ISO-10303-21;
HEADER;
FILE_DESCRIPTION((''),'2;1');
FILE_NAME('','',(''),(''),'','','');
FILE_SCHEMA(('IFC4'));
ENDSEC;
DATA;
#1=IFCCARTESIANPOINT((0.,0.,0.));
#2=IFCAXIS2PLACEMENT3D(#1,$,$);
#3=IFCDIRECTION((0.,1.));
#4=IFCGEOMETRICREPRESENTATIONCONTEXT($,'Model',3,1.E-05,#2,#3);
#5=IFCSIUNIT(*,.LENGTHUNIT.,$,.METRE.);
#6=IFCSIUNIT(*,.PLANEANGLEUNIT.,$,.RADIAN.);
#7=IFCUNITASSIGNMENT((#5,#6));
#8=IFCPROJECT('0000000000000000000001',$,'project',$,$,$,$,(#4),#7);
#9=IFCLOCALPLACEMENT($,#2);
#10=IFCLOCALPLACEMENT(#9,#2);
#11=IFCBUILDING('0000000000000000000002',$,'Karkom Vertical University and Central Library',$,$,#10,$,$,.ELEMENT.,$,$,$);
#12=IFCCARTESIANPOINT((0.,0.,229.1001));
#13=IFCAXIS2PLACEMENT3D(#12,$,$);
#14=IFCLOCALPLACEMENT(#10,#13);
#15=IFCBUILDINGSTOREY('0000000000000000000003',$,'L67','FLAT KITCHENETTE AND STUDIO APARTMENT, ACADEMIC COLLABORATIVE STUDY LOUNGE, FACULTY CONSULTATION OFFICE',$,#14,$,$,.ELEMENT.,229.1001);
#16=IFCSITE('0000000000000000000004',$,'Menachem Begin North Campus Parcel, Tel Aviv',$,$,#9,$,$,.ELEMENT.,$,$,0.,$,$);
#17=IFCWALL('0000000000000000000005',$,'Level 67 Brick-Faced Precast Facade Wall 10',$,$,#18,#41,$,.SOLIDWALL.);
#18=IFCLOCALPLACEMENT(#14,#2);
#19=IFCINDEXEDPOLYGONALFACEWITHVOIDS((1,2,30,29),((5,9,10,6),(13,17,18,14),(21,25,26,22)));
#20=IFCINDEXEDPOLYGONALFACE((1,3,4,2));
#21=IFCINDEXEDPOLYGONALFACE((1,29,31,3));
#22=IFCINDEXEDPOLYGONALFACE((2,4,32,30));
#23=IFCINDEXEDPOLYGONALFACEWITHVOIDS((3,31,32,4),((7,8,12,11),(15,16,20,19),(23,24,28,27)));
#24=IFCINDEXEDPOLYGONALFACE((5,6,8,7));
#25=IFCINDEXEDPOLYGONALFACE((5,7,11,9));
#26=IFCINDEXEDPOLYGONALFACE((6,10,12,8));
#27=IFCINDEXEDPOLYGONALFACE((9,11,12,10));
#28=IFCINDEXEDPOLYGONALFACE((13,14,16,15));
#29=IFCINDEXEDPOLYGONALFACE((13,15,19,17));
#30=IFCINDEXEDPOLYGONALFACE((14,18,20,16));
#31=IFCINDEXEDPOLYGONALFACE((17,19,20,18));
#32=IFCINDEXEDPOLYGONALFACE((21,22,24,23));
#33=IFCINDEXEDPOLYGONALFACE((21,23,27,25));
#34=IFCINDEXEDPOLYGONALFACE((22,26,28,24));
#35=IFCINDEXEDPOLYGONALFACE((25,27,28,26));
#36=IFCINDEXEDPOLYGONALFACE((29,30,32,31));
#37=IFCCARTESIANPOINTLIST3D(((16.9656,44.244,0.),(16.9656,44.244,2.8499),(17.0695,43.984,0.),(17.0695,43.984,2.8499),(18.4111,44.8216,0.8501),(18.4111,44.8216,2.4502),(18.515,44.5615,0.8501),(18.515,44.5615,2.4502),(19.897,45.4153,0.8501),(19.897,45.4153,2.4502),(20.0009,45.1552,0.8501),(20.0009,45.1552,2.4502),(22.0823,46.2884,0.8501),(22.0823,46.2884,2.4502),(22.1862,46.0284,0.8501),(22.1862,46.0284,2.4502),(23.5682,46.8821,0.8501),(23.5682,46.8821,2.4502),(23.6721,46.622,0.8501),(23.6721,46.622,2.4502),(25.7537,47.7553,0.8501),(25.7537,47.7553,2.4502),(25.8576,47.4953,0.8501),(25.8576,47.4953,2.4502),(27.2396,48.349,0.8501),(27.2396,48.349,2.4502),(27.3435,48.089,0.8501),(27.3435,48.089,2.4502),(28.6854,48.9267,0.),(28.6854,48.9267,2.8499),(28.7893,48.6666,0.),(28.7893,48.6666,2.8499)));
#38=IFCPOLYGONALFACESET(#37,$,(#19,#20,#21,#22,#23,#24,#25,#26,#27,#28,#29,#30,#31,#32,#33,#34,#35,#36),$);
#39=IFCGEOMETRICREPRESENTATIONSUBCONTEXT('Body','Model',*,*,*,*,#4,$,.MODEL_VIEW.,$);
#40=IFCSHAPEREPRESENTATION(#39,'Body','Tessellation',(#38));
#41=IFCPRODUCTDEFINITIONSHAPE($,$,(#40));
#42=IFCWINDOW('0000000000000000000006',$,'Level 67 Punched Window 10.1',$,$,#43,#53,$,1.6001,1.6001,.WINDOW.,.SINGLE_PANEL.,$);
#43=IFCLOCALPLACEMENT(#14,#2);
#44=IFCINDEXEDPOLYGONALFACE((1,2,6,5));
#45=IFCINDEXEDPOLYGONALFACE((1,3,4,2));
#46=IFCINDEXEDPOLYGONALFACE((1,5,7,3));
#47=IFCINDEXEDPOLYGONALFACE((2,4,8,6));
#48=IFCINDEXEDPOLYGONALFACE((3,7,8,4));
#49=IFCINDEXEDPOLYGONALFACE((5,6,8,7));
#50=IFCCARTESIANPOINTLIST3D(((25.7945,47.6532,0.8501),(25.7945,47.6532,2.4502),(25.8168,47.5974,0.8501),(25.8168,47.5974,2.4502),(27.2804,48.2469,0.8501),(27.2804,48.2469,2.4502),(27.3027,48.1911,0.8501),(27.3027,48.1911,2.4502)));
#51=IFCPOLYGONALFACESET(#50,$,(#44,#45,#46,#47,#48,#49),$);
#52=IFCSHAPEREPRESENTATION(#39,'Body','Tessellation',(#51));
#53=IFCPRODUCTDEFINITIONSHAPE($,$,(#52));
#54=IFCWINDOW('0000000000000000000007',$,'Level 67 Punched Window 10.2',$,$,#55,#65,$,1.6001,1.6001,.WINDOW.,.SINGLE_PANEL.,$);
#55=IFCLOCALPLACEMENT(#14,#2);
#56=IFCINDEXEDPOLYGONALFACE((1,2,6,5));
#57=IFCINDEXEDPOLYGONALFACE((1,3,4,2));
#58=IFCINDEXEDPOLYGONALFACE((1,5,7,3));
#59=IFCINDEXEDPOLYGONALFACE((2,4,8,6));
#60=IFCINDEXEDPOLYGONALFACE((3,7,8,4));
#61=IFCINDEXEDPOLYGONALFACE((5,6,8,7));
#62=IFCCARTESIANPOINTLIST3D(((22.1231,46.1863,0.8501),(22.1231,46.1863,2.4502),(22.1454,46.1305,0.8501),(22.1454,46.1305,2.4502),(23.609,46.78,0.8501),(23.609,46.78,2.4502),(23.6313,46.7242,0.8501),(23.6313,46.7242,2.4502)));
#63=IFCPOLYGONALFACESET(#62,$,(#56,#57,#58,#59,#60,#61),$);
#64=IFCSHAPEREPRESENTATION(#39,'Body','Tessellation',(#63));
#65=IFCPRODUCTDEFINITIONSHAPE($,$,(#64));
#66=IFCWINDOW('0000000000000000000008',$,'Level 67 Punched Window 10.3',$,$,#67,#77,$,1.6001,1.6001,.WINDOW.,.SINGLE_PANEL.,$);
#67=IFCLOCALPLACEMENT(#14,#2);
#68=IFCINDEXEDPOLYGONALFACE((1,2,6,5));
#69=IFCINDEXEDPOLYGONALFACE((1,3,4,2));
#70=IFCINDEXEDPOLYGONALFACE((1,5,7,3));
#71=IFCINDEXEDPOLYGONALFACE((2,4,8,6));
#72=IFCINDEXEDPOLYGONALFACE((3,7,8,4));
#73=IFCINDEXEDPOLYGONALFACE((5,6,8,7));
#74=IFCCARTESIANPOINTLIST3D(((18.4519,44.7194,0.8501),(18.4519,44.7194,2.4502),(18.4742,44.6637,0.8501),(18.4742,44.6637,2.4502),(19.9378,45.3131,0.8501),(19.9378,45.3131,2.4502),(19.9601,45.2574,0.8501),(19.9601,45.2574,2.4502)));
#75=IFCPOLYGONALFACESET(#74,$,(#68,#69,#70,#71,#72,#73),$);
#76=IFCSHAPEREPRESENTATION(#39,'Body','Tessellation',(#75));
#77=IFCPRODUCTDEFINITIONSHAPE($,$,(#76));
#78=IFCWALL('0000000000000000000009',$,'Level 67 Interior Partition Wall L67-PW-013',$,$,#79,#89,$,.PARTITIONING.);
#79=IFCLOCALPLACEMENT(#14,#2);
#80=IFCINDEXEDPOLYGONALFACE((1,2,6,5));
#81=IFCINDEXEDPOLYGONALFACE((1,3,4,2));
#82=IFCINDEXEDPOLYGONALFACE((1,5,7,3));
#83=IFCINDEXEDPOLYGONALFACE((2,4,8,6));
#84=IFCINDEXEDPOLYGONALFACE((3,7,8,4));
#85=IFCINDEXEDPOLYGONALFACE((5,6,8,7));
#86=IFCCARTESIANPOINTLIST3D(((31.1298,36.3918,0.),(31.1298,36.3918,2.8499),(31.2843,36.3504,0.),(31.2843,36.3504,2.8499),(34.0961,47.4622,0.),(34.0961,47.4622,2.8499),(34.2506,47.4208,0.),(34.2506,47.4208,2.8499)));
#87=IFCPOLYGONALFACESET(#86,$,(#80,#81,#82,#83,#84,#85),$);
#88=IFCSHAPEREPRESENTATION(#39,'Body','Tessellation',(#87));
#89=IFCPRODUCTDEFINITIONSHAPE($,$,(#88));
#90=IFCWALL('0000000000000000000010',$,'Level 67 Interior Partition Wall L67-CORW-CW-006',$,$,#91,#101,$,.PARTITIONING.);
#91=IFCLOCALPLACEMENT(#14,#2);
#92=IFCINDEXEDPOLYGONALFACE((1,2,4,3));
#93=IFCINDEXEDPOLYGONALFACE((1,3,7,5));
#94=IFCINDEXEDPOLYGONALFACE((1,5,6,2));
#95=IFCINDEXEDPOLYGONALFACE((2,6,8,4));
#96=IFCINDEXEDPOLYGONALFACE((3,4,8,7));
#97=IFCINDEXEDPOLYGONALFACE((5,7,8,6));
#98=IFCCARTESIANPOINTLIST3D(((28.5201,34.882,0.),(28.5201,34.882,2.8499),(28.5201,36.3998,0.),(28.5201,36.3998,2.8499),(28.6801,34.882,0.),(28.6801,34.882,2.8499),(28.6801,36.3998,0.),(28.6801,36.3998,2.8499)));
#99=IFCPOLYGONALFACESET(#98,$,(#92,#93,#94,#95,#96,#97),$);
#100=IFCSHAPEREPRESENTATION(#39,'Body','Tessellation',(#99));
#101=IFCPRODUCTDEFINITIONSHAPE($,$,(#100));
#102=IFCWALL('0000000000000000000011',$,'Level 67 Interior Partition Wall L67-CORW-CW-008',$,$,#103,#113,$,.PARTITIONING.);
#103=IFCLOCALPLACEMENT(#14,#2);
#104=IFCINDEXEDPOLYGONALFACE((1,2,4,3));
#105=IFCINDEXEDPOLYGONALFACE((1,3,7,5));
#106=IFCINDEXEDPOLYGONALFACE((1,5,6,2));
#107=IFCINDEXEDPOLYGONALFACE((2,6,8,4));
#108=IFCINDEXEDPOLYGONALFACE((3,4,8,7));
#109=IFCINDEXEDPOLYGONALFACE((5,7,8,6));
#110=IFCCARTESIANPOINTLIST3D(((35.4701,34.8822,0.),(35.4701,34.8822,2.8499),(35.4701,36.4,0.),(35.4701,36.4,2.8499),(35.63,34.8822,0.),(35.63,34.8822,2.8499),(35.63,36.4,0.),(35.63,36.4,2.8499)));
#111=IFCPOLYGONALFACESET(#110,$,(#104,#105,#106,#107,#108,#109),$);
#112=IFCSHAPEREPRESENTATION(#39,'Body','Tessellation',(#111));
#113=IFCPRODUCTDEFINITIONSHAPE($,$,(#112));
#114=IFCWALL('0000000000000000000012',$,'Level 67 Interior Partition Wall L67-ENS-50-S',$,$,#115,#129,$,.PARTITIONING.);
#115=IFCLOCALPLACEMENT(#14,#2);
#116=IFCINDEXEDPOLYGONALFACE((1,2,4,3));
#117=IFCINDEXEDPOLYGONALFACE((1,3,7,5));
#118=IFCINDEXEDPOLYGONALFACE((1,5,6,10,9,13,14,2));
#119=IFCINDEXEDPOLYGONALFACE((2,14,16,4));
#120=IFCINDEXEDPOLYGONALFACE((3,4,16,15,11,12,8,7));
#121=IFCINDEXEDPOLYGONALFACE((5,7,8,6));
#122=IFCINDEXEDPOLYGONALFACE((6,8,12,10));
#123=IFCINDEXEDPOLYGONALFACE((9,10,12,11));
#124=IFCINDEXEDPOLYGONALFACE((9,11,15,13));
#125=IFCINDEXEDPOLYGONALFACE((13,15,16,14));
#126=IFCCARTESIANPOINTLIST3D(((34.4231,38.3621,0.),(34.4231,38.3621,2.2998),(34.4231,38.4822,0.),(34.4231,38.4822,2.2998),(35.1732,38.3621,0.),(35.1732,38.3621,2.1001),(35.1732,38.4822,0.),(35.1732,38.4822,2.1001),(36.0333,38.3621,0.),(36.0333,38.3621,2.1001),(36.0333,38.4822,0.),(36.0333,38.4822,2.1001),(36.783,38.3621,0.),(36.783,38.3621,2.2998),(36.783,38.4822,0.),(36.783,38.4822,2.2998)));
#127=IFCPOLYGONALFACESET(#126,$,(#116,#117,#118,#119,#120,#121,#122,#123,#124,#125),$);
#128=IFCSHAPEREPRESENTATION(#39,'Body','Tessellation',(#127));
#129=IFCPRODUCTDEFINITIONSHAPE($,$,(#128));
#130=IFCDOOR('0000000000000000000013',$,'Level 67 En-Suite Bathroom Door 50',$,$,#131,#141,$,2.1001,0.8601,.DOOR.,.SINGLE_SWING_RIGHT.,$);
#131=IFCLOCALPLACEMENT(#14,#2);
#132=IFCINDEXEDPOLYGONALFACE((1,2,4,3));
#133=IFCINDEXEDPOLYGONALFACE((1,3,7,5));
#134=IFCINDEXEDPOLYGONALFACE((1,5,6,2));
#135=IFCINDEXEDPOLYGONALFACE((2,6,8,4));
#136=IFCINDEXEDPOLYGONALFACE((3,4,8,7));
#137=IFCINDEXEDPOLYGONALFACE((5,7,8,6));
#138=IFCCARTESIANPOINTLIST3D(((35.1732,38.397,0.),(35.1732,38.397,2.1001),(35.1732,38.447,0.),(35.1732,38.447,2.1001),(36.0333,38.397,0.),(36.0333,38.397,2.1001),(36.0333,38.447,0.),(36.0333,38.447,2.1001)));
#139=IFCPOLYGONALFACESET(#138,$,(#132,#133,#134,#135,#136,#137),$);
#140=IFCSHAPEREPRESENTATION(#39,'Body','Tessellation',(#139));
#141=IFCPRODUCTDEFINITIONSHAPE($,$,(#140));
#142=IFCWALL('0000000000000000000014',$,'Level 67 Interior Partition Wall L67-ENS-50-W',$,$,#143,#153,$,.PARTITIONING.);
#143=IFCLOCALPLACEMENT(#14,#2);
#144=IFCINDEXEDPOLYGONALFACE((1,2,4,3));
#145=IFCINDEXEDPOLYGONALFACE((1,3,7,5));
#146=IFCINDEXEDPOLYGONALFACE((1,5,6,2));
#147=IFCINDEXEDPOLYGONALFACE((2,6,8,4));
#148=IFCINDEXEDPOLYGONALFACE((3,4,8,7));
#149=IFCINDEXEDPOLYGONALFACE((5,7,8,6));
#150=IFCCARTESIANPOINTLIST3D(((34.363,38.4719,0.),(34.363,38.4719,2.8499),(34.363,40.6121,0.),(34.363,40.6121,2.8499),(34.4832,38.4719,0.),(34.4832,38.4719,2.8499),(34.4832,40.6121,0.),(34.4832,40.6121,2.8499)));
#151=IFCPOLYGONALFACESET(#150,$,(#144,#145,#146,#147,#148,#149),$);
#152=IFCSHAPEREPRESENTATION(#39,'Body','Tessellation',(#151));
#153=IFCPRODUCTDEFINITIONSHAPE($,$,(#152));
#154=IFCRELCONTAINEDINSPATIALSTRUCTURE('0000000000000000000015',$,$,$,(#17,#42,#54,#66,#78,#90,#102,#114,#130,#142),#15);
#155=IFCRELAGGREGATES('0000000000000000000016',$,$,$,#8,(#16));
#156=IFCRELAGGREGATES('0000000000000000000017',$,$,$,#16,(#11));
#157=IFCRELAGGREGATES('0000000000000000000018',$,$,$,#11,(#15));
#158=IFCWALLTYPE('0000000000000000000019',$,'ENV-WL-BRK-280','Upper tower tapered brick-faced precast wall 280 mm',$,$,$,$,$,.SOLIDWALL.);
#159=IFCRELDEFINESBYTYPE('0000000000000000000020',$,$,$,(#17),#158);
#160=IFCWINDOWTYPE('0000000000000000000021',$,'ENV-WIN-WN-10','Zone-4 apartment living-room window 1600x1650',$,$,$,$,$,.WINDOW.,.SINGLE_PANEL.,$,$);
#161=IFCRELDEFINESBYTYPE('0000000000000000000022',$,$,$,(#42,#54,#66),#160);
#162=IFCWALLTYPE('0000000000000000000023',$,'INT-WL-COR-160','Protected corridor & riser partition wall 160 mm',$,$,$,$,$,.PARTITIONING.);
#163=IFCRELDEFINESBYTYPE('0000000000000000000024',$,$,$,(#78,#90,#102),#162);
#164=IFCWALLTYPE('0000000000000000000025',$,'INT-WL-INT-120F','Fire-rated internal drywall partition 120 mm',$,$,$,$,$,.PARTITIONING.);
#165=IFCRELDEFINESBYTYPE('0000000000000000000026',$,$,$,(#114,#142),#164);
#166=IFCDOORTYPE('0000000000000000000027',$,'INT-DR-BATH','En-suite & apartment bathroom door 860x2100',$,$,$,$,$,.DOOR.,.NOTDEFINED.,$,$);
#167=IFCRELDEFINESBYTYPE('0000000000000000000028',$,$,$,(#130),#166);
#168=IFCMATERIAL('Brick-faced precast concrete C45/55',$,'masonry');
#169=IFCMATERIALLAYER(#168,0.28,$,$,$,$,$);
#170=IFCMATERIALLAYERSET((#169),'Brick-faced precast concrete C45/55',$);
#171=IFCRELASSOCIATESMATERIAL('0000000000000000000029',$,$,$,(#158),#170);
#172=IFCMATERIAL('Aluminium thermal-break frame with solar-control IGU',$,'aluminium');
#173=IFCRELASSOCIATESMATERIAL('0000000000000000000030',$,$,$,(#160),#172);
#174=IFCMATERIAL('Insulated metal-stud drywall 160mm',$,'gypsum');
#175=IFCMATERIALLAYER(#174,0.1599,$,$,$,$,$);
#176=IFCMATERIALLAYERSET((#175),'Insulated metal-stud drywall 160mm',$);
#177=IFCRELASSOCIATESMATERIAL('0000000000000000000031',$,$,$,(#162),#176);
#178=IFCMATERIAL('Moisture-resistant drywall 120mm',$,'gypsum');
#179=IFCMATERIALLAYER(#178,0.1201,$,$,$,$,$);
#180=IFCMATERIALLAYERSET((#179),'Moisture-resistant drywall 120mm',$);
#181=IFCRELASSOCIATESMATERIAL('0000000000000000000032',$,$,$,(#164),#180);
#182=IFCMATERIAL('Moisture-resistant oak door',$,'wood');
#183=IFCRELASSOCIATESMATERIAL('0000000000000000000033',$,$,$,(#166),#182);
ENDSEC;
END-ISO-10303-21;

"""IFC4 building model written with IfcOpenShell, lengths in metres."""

from ifc_helpers import new_model, si_unit, direction, frame, frame_2d, origin, origin_with_axes, place, context, subcontext, project, spatial, rectangle, extrude, source, transform, mapped, material, layer, layer_set, type_object, element, fill, save


model = new_model("IFC4")

# Units and contexts
model_context = context("Model", 3, precision=1e-05, world=origin(), true_north=direction((0.0, 1.0)))
body_context = subcontext(model_context, "Body", "Model", "MODEL_VIEW")
ifc_project = project(units=[si_unit("LENGTHUNIT", "METRE"), si_unit("PLANEANGLEUNIT", "RADIAN")], contexts=[model_context])

# Site, building, storey
site_placement = place(None, origin())
site = spatial("IfcSite", under=ifc_project, at=site_placement, Name="Menachem Begin North Campus Parcel, Tel Aviv", CompositionType="ELEMENT", RefElevation=0.0)
building_placement = place(site_placement, origin())
building = spatial("IfcBuilding", under=site, at=building_placement, Name="Karkom Vertical University and Central Library", CompositionType="ELEMENT")
storey_placement = place(building_placement, frame((0.0, 0.0, 229.1001)))
storey = spatial("IfcBuildingStorey", under=building, at=storey_placement, Name="L67", Description="FLAT KITCHENETTE AND STUDIO APARTMENT, ACADEMIC COLLABORATIVE STUDY LOUNGE, FACULTY CONSULTATION OFFICE", CompositionType="ELEMENT", Elevation=229.1001)

# Wall, openings, windows
ifc_material_1 = material(Name="Brick-faced precast concrete C45/55", Category="masonry")
ifc_layer_1 = layer(ifc_material_1, 0.28)
ifc_layer_set_1 = layer_set([ifc_layer_1], Name="Brick-faced precast concrete C45/55")
wall_type_1 = type_object("IfcWallType", Name="ENV-WL-BRK-280", Description="Upper tower tapered brick-faced precast wall 280 mm", PredefinedType="SOLIDWALL", material=ifc_layer_set_1)
wall_1_placement = place(storey_placement, frame((28.7373, 48.7966, 0.0), z_axis=(0.0, 0.0, 1.0), x_axis=(-0.928621, -0.37103, 0.0)))
wall_1 = element("IfcWall", 1, at=wall_1_placement, inside=storey, type_object=wall_type_1, Name="Level 67 Brick-Faced Precast Facade Wall 10", PredefinedType="SOLIDWALL", context=body_context, shape_type="SweptSolid", body=[
    extrude(rectangle(XDim=12.6206, YDim=0.28, at=frame_2d((6.3103, 0.0))), origin(), (0.0, 0.0, 1.0), 2.8499),
])
opening_1_placement = place(wall_1_placement, frame((1.5569, 0.0, 0.8501)))
opening_1 = element("IfcOpeningElement", 2, at=opening_1_placement, cuts=wall_1, PredefinedType="OPENING", context=body_context, shape_type="SweptSolid", body=[
    extrude(rectangle(XDim=1.6001, YDim=1.6001, at=frame_2d((0.8, 0.8))), frame((0.0, 0.1499, 0.0), z_axis=(0.0, -1.0, 0.0), x_axis=(1.0, 0.0, 0.0)), (0.0, 0.0, 1.0), 0.3),
])
opening_2_placement = place(wall_1_placement, frame((5.5105, 0.0, 0.8501)))
opening_2 = element("IfcOpeningElement", 3, at=opening_2_placement, cuts=wall_1, PredefinedType="OPENING", context=body_context, shape_type="SweptSolid", body=[
    extrude(rectangle(XDim=1.6001, YDim=1.6001, at=frame_2d((0.8, 0.8))), frame((0.0, 0.1499, 0.0), z_axis=(0.0, -1.0, 0.0), x_axis=(1.0, 0.0, 0.0)), (0.0, 0.0, 1.0), 0.3),
])
opening_3_placement = place(wall_1_placement, frame((9.4639, 0.0, 0.8501)))
opening_3 = element("IfcOpeningElement", 4, at=opening_3_placement, cuts=wall_1, PredefinedType="OPENING", context=body_context, shape_type="SweptSolid", body=[
    extrude(rectangle(XDim=1.6001, YDim=1.6001, at=frame_2d((0.8, 0.8))), frame((0.0, 0.1499, 0.0), z_axis=(0.0, -1.0, 0.0), x_axis=(1.0, 0.0, 0.0)), (0.0, 0.0, 1.0), 0.3),
])
ifc_material_2 = material(Name="Aluminium thermal-break frame with solar-control IGU", Category="aluminium")
window_type = type_object("IfcWindowType", Name="ENV-WIN-WN-10", Description="Zone-4 apartment living-room window 1600x1650", PartitioningType="SINGLE_PANEL", PredefinedType="WINDOW", material=ifc_material_2)
shared_shape_1 = source(origin_with_axes(), body_context, "Body", "SweptSolid", [
    extrude(rectangle(XDim=1.6001, YDim=1.6001, at=frame_2d((0.8, 0.8))), frame((0.0, 0.03, 0.0), z_axis=(0.0, -1.0, 0.0), x_axis=(1.0, 0.0, 0.0)), (0.0, 0.0, 1.0), 0.0601),
])
window_1_placement = place(opening_1_placement, origin())
window_1 = element("IfcWindow", 5, at=window_1_placement, inside=storey, type_object=window_type, Name="Level 67 Punched Window 10.1", OverallHeight=1.6001, OverallWidth=1.6001, PartitioningType="SINGLE_PANEL", PredefinedType="WINDOW", context=body_context, shape_type="MappedRepresentation", body=[
    mapped(shared_shape_1, transform((0.0, 0.0, 0.0), scale=1.0)),
])
fill(opening_1, window_1)
window_2_placement = place(opening_2_placement, origin())
window_2 = element("IfcWindow", 6, at=window_2_placement, inside=storey, type_object=window_type, Name="Level 67 Punched Window 10.2", OverallHeight=1.6001, OverallWidth=1.6001, PartitioningType="SINGLE_PANEL", PredefinedType="WINDOW", context=body_context, shape_type="MappedRepresentation", body=[
    mapped(shared_shape_1, transform((0.0, 0.0, 0.0), scale=1.0)),
])
fill(opening_2, window_2)
window_3_placement = place(opening_3_placement, origin())
window_3 = element("IfcWindow", 7, at=window_3_placement, inside=storey, type_object=window_type, Name="Level 67 Punched Window 10.3", OverallHeight=1.6001, OverallWidth=1.6001, PartitioningType="SINGLE_PANEL", PredefinedType="WINDOW", context=body_context, shape_type="MappedRepresentation", body=[
    mapped(shared_shape_1, transform((0.0, 0.0, 0.0), scale=1.0)),
])
fill(opening_3, window_3)

# Wall
ifc_material_3 = material(Name="Insulated metal-stud drywall 160mm", Category="gypsum")
ifc_layer_2 = layer(ifc_material_3, 0.1599)
ifc_layer_set_2 = layer_set([ifc_layer_2], Name="Insulated metal-stud drywall 160mm")
wall_type_2 = type_object("IfcWallType", Name="INT-WL-COR-160", Description="Protected corridor & riser partition wall 160 mm", PredefinedType="PARTITIONING", material=ifc_layer_set_2)
wall_2_placement = place(storey_placement, frame((31.207, 36.3711, 0.0), z_axis=(0.0, 0.0, 1.0), x_axis=(0.258821, 0.965925, 0.0)))
element("IfcWall", 8, at=wall_2_placement, inside=storey, type_object=wall_type_2, Name="Level 67 Interior Partition Wall L67-PW-013", PredefinedType="PARTITIONING", context=body_context, shape_type="SweptSolid", body=[
    extrude(rectangle(XDim=11.4609, YDim=0.1599, at=frame_2d((5.7305, 0.0))), origin(), (0.0, 0.0, 1.0), 2.8499),
])

# Walls
for number, where, z_axis, x_axis, name in (
    (9, (28.6001, 34.8821, 0.0), (0.0, 0.0, 1.0), (0.0, 1.0, 0.0), "Level 67 Interior Partition Wall L67-CORW-CW-006"),
    (10, (35.55, 36.3999, 0.0), (0.0, 0.0, 1.0), (0.0, -1.0, 0.0), "Level 67 Interior Partition Wall L67-CORW-CW-008"),
):
    element("IfcWall", number, at=place(storey_placement, frame(where, z_axis=z_axis, x_axis=x_axis)), inside=storey, type_object=wall_type_2, Name=name, PredefinedType="PARTITIONING", context=body_context, shape_type="SweptSolid", body=[
        extrude(rectangle(XDim=1.5178, YDim=0.1599, at=frame_2d((0.7588, 0.0))), origin(), (0.0, 0.0, 1.0), 2.8499),
    ])

# Wall, opening, door
ifc_material_4 = material(Name="Moisture-resistant drywall 120mm", Category="gypsum")
ifc_layer_3 = layer(ifc_material_4, 0.1201)
ifc_layer_set_3 = layer_set([ifc_layer_3], Name="Moisture-resistant drywall 120mm")
wall_type_3 = type_object("IfcWallType", Name="INT-WL-INT-120F", Description="Fire-rated internal drywall partition 120 mm", PredefinedType="PARTITIONING", material=ifc_layer_set_3)
wall_3_placement = place(storey_placement, frame((34.4231, 38.4221, 0.0), z_axis=(0.0, 0.0, 1.0), x_axis=(1.0, 0.0, 0.0)))
wall_3 = element("IfcWall", 11, at=wall_3_placement, inside=storey, type_object=wall_type_3, Name="Level 67 Interior Partition Wall L67-ENS-50-S", PredefinedType="PARTITIONING", context=body_context, shape_type="SweptSolid", body=[
    extrude(rectangle(XDim=2.3599, YDim=0.1201, at=frame_2d((1.1799, 0.0))), origin(), (0.0, 0.0, 1.0), 2.2998),
])
opening_4_placement = place(wall_3_placement, frame((0.75, 0.0, 0.0)))
opening_4 = element("IfcOpeningElement", 12, at=opening_4_placement, cuts=wall_3, PredefinedType="OPENING", context=body_context, shape_type="SweptSolid", body=[
    extrude(rectangle(XDim=0.8601, YDim=2.1001, at=frame_2d((0.4302, 1.05))), frame((0.0, 0.0701, 0.0), z_axis=(0.0, -1.0, 0.0), x_axis=(1.0, 0.0, 0.0)), (0.0, 0.0, 1.0), 0.1401),
])
ifc_material_5 = material(Name="Moisture-resistant oak door", Category="wood")
door_type_1 = type_object("IfcDoorType", Name="INT-DR-BATH", Description="En-suite & apartment bathroom door 860x2100", OperationType="NOTDEFINED", PredefinedType="DOOR", material=ifc_material_5)
shared_shape_2 = source(origin_with_axes(), body_context, "Body", "SweptSolid", [
    extrude(rectangle(XDim=0.8601, YDim=2.1001, at=frame_2d((0.4302, 1.05))), frame((0.0, 0.0249, 0.0), z_axis=(0.0, -1.0, 0.0), x_axis=(1.0, 0.0, 0.0)), (0.0, 0.0, 1.0), 0.05),
])
door_1_placement = place(opening_4_placement, origin())
door_1 = element("IfcDoor", 13, at=door_1_placement, inside=storey, type_object=door_type_1, Name="Level 67 En-Suite Bathroom Door 50", OperationType="SINGLE_SWING_RIGHT", OverallHeight=2.1001, OverallWidth=0.8601, PredefinedType="DOOR", context=body_context, shape_type="MappedRepresentation", body=[
    mapped(shared_shape_2, transform((0.0, 0.0, 0.0), scale=1.0)),
])
fill(opening_4, door_1)

# Wall
wall_4_placement = place(storey_placement, frame((34.4231, 40.6121, 0.0), z_axis=(0.0, 0.0, 1.0), x_axis=(0.0, -1.0, 0.0)))
element("IfcWall", 14, at=wall_4_placement, inside=storey, type_object=wall_type_3, Name="Level 67 Interior Partition Wall L67-ENS-50-W", PredefinedType="PARTITIONING", context=body_context, shape_type="SweptSolid", body=[
    extrude(rectangle(XDim=2.1401, YDim=0.1201, at=frame_2d((1.0701, 0.0))), origin(), (0.0, 0.0, 1.0), 2.8499),
])

save(model, "model.ifc")
